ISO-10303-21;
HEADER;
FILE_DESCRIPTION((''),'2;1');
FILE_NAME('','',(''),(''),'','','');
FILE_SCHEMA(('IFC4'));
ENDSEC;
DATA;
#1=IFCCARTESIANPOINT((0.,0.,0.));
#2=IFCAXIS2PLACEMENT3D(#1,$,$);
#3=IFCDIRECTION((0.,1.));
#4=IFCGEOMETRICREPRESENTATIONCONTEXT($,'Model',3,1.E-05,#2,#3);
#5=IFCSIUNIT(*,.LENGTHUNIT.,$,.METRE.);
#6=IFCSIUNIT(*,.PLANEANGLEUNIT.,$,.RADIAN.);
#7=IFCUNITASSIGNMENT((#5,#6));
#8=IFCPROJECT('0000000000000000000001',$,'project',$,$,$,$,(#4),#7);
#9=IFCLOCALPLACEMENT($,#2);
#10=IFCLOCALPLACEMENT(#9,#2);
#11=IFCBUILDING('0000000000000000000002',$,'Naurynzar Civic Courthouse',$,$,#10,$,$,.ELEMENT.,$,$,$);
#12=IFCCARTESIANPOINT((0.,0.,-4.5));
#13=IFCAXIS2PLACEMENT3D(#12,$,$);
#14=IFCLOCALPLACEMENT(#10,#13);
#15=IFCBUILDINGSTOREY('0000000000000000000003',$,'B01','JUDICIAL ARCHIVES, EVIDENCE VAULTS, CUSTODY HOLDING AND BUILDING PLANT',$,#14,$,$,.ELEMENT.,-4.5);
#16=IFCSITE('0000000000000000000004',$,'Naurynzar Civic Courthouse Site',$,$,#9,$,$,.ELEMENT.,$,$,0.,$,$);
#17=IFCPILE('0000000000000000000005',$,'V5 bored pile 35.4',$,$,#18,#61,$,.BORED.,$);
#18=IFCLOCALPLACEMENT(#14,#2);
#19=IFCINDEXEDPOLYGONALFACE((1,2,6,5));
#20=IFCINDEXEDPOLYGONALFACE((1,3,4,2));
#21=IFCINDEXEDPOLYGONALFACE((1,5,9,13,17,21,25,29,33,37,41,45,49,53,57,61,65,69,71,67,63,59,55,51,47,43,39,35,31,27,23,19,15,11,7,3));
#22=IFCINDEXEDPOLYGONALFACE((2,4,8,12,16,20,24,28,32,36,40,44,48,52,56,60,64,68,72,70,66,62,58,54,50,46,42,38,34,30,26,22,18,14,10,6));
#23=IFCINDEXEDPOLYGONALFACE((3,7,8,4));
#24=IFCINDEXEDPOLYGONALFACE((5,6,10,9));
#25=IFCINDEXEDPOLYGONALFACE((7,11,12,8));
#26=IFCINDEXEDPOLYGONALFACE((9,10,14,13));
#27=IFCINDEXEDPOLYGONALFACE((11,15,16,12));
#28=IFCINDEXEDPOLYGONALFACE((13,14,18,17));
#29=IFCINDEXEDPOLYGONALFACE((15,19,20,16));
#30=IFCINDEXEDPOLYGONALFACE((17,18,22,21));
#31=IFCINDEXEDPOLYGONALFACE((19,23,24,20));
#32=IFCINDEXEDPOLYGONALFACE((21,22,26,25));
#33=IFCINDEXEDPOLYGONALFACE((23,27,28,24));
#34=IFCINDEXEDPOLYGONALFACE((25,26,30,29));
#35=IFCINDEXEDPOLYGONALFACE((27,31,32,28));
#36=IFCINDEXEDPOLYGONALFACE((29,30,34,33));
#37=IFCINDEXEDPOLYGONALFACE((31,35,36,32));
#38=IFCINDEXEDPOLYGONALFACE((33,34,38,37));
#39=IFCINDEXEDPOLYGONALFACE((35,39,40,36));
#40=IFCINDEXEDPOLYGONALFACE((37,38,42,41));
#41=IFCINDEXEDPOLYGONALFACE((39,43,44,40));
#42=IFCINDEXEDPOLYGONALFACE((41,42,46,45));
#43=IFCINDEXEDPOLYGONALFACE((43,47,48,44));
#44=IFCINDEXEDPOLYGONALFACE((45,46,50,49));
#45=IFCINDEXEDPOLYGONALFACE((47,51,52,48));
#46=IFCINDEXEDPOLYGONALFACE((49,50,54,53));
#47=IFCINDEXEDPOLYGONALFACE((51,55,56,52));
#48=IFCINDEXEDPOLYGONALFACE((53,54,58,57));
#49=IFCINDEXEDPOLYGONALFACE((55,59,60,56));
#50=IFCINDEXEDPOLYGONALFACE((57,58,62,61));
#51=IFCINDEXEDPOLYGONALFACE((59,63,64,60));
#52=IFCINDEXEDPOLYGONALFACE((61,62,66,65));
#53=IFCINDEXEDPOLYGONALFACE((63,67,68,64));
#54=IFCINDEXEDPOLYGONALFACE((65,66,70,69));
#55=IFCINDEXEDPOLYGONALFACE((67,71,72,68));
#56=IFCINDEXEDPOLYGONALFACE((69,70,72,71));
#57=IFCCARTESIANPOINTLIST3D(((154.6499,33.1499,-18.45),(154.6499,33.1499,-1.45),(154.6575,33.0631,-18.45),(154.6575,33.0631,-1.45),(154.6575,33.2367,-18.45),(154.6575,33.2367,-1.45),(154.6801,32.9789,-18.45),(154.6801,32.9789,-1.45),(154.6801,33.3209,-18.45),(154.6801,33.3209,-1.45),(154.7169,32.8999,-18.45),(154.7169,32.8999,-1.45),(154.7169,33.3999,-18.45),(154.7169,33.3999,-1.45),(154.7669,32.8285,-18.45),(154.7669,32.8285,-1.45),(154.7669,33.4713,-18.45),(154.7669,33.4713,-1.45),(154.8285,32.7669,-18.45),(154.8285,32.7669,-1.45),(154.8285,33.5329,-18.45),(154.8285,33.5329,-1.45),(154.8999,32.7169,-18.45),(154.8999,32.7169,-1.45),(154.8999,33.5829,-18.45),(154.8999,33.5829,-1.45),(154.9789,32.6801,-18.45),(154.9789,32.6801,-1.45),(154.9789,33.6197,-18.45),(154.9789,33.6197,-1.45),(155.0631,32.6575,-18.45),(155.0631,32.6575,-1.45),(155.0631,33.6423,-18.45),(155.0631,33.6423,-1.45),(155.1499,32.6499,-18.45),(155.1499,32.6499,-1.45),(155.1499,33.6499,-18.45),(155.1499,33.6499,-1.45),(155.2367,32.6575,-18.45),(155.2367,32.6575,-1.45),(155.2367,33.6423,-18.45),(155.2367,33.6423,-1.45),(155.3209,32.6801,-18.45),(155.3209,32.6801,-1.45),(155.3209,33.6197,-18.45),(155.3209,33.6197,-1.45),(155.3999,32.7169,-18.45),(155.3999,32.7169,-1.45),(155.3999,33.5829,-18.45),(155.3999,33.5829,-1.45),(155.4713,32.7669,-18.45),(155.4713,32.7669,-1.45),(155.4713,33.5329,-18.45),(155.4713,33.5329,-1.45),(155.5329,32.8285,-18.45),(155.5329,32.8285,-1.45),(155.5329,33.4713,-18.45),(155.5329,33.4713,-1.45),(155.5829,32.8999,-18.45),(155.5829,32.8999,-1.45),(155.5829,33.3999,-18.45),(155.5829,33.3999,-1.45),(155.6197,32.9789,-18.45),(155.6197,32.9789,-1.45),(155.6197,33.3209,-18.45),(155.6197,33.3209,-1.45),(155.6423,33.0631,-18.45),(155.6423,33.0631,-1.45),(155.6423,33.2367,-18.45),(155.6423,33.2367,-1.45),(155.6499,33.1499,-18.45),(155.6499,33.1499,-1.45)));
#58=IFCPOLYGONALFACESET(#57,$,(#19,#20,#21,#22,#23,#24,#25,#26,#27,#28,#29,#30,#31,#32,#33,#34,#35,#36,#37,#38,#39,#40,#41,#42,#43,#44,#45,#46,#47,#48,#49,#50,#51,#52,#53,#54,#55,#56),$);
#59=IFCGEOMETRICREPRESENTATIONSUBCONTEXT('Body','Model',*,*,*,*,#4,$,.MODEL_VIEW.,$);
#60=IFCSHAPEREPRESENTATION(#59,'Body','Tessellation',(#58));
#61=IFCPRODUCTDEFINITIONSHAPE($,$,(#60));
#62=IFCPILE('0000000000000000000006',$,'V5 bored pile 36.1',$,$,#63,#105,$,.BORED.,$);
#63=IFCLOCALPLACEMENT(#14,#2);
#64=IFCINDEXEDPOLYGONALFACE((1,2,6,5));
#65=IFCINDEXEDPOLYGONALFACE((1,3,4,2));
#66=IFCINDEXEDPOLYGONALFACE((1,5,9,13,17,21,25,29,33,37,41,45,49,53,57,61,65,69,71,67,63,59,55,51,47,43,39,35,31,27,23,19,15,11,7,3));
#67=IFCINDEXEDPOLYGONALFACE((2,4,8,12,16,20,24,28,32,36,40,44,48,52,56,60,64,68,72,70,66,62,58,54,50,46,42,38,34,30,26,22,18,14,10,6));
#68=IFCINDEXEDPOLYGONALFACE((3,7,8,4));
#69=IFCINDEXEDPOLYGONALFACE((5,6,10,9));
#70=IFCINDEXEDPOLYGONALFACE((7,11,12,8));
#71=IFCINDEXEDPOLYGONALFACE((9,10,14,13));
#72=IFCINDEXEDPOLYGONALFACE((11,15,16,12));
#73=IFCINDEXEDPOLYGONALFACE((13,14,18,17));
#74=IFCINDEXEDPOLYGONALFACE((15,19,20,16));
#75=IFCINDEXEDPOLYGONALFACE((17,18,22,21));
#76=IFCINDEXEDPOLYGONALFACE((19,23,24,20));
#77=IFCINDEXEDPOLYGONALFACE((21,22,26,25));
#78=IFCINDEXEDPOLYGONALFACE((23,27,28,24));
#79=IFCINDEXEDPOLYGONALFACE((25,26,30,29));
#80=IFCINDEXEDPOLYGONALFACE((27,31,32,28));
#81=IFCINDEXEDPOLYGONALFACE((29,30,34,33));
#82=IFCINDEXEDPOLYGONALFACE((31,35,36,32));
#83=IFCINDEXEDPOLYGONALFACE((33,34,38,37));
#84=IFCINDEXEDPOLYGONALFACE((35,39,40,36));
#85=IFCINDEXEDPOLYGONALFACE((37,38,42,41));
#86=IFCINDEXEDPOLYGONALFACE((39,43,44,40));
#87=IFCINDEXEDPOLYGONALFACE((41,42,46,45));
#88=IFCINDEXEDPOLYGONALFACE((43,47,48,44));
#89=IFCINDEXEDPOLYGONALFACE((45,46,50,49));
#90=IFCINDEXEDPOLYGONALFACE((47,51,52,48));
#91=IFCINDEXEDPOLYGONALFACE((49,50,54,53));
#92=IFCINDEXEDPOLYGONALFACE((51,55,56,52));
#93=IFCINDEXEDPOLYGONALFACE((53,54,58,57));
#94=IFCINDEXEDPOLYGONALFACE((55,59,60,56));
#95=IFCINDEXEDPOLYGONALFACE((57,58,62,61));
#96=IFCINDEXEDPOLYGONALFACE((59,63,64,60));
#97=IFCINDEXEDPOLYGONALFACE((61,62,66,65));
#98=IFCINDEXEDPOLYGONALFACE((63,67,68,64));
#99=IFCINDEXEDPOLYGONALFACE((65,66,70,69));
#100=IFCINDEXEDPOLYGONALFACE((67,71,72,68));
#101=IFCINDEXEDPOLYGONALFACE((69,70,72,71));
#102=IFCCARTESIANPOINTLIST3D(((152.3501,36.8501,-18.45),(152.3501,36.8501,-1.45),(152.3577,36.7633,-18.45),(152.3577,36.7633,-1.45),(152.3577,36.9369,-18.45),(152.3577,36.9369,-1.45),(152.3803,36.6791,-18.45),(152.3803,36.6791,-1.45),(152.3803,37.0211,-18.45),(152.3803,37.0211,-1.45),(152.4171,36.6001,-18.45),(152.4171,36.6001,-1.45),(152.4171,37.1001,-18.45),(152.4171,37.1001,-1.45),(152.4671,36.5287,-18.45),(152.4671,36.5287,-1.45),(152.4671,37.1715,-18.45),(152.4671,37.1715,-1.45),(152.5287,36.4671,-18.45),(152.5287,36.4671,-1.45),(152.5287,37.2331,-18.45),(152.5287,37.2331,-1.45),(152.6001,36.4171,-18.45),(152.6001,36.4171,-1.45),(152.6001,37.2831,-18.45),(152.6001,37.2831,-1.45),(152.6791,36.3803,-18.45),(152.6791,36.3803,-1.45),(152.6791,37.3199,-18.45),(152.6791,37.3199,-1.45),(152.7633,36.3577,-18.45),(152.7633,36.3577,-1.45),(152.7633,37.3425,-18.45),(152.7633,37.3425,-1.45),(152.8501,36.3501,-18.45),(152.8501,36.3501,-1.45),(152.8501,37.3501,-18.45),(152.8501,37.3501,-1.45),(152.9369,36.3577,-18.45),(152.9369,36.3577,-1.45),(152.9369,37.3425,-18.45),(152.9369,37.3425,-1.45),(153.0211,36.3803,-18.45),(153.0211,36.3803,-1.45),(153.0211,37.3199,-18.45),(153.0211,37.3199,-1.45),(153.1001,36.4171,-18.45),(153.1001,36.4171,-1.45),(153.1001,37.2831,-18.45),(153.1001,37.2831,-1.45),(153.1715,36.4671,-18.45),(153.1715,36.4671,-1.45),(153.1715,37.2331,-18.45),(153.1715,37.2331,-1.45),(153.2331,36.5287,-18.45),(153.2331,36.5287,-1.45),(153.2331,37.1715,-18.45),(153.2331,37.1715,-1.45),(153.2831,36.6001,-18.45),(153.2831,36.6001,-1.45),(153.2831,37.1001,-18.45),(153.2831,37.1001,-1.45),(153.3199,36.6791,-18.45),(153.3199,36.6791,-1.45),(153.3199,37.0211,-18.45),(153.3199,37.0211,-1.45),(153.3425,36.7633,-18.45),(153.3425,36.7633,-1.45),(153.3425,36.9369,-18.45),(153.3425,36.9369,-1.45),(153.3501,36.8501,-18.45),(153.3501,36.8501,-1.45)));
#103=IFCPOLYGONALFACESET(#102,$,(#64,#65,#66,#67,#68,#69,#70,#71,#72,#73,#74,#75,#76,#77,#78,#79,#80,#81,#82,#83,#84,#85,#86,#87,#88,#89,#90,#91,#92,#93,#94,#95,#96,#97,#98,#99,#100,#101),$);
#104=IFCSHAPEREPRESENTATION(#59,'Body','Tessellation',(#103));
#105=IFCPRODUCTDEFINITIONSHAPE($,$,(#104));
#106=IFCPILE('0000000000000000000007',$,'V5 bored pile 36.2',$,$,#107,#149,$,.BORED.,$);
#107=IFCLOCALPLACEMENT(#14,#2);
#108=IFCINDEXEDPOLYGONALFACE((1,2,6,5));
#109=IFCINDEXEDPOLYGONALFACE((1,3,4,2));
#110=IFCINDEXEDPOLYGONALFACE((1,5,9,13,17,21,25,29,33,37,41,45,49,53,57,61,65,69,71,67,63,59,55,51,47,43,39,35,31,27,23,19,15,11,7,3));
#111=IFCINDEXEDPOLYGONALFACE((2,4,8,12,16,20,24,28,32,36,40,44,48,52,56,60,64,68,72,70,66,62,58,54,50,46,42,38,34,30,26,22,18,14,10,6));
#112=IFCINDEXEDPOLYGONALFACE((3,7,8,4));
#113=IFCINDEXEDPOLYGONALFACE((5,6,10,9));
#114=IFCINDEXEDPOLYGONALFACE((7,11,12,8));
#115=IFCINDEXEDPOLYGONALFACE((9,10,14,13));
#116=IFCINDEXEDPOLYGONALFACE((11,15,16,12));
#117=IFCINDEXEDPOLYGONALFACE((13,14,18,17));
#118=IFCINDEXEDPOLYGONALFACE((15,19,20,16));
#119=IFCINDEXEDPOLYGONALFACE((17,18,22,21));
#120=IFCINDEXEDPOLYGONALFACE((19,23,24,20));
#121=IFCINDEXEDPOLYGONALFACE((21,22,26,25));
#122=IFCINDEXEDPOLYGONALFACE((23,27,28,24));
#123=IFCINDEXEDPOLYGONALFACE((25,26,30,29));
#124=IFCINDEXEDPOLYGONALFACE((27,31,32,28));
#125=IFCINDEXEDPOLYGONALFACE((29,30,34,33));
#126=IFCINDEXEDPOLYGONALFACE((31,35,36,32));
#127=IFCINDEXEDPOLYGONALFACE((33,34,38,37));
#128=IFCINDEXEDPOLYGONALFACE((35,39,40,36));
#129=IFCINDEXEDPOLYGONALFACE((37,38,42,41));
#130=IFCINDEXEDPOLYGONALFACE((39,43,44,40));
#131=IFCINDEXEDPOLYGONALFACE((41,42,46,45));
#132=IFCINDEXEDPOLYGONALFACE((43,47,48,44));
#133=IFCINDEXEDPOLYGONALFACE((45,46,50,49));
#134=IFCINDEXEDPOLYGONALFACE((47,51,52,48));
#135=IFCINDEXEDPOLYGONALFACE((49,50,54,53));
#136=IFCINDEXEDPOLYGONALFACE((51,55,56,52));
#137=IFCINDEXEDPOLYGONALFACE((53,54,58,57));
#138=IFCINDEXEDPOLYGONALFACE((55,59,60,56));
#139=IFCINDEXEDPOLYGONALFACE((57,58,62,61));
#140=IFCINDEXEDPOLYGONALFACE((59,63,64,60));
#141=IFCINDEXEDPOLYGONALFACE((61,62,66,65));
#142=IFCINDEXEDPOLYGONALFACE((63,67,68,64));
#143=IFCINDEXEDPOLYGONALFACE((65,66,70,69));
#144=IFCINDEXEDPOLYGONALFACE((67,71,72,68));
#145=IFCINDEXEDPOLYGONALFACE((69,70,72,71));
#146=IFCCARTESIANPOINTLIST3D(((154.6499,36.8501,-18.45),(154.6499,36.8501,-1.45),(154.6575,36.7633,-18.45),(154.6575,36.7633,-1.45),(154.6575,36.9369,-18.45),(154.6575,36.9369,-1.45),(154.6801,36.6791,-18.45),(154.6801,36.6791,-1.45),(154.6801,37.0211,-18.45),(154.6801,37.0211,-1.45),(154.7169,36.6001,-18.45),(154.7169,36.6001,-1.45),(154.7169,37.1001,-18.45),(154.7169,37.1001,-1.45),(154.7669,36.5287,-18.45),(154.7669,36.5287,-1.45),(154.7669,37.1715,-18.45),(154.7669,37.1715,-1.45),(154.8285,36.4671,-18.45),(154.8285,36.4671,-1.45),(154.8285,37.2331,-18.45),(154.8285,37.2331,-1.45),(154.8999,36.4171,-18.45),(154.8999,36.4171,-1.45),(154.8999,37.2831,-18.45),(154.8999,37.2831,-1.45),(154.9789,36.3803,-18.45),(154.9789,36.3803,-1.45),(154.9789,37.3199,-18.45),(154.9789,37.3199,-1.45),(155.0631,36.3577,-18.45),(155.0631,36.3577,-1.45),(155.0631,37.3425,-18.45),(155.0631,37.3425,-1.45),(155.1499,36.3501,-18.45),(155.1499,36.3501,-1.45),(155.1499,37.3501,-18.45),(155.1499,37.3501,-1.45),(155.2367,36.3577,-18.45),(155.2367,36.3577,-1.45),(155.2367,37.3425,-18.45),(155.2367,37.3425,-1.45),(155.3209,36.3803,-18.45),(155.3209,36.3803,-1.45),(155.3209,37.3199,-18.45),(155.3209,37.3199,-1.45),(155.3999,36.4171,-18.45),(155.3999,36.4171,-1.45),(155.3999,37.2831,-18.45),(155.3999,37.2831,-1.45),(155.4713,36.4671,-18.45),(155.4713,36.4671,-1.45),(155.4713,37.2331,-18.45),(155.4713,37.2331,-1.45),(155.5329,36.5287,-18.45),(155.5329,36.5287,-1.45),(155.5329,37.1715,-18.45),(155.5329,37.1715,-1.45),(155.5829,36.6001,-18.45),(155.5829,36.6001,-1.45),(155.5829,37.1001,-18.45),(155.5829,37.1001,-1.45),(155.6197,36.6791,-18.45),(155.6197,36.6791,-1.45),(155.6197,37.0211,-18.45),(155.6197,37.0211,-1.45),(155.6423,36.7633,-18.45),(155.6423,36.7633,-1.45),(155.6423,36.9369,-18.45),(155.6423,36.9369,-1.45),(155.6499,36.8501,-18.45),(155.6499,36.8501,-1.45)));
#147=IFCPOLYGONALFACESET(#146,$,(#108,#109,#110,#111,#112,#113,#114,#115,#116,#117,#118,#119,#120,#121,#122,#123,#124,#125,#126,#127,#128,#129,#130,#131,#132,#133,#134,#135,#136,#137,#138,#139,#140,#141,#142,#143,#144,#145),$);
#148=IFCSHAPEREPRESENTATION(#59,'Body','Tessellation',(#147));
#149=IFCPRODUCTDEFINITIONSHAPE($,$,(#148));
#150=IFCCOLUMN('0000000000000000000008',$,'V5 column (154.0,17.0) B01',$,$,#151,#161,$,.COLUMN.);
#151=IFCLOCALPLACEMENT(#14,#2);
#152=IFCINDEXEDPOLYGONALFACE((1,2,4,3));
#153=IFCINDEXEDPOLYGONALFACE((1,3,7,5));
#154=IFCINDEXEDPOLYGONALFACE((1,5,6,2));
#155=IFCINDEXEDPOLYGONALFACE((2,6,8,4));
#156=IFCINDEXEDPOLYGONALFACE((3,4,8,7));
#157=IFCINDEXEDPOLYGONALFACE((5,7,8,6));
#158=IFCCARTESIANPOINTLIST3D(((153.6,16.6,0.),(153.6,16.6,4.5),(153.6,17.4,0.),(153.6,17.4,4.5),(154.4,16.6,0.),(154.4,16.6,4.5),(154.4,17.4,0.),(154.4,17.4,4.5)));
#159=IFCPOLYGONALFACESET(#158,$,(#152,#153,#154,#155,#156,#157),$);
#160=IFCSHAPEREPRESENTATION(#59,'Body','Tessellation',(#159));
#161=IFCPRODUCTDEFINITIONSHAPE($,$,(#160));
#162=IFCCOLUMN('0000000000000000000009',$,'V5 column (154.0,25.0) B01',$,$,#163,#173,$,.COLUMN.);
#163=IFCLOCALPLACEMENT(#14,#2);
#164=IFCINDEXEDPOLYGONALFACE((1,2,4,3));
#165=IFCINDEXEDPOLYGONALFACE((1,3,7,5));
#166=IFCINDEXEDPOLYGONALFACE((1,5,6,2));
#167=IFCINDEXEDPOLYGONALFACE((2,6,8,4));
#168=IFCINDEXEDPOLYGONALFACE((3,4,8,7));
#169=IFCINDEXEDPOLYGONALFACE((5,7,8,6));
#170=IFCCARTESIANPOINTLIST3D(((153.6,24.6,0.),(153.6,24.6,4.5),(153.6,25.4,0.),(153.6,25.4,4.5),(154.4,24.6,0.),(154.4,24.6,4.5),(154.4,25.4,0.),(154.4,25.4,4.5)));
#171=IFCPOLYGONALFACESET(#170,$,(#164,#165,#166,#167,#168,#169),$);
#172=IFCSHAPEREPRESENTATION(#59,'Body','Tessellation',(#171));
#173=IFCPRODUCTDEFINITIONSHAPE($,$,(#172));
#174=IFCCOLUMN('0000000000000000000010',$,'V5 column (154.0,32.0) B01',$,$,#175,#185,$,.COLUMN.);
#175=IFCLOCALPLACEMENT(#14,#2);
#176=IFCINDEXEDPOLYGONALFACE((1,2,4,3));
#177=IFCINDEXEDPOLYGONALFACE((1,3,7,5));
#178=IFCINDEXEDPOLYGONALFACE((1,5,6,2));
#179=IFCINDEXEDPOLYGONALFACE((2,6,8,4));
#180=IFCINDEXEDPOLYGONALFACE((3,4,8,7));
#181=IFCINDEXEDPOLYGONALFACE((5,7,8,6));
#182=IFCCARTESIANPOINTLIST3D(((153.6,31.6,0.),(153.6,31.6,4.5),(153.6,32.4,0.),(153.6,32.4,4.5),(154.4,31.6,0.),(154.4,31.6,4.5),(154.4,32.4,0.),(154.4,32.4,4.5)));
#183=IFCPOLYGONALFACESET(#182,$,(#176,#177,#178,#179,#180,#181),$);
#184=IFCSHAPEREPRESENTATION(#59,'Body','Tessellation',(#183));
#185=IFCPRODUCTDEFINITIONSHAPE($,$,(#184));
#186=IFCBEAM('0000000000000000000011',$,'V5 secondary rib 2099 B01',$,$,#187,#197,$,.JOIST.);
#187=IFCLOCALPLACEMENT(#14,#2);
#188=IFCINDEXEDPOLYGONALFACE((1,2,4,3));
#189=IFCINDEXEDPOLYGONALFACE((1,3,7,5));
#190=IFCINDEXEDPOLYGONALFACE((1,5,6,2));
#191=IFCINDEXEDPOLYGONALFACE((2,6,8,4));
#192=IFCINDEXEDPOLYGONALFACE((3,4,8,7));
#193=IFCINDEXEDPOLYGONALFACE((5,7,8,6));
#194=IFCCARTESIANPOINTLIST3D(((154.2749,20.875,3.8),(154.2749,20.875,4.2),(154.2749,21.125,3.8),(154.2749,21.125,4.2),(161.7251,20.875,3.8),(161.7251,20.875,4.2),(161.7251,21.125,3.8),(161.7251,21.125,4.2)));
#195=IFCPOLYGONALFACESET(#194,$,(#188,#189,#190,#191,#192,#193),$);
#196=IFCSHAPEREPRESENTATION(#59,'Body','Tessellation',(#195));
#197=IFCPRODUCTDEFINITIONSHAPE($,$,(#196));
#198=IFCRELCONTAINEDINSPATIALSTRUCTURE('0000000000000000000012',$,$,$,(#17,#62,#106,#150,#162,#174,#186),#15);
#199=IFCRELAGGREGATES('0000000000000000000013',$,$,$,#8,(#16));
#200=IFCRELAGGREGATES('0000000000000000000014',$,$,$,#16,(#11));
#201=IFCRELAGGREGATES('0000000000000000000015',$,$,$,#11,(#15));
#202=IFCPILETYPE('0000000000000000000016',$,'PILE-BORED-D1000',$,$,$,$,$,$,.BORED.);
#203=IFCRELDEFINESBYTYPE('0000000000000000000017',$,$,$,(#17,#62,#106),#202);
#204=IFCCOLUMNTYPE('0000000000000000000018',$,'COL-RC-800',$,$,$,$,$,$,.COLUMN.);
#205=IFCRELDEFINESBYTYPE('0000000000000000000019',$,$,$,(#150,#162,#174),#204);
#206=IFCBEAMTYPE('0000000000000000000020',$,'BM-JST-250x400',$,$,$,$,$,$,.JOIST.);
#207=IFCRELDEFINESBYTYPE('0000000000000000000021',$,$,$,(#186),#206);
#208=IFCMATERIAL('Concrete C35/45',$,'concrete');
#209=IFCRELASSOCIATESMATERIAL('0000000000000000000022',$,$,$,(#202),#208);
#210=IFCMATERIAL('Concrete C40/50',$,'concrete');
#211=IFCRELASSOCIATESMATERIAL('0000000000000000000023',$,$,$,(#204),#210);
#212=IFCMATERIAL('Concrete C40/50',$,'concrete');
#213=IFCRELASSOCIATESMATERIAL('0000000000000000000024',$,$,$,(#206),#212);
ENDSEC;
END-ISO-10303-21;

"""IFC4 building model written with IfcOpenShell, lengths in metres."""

from ifc_helpers import new_model, si_unit, direction, frame, origin, origin_2d, place, context, subcontext, project, spatial, rectangle, circle, extrude, material, material_profile, profile_set, type_object, element, save


model = new_model("IFC4")

# Units and contexts
model_context = context("Model", 3, precision=1e-05, world=origin(), true_north=direction((0.0, 1.0)))
body_context = subcontext(model_context, "Body", "Model", "MODEL_VIEW")
ifc_project = project(units=[si_unit("LENGTHUNIT", "METRE"), si_unit("PLANEANGLEUNIT", "RADIAN")], contexts=[model_context])

# Site, building, storey
site_placement = place(None, origin())
site = spatial("IfcSite", under=ifc_project, at=site_placement, Name="Naurynzar Civic Courthouse Site", CompositionType="ELEMENT", RefElevation=0.0)
building_placement = place(site_placement, origin())
building = spatial("IfcBuilding", under=site, at=building_placement, Name="Naurynzar Civic Courthouse", CompositionType="ELEMENT")
storey_placement = place(building_placement, frame((0.0, 0.0, -4.5)))
storey = spatial("IfcBuildingStorey", under=building, at=storey_placement, Name="B01", Description="JUDICIAL ARCHIVES, EVIDENCE VAULTS, CUSTODY HOLDING AND BUILDING PLANT", CompositionType="ELEMENT", Elevation=-4.5)

# Piles
ifc_material_1 = material(Name="Concrete C35/45", Category="concrete")
ifc_material_profile_1 = material_profile(ifc_material_1, circle(Radius=0.5, at=origin_2d()), Name="PILE D1000")
ifc_profile_set_1 = profile_set([ifc_material_profile_1], Name="Concrete C35/45")
pile_type = type_object("IfcPileType", Name="PILE-BORED-D1000", PredefinedType="BORED", material=ifc_profile_set_1)
for number, where, z_axis, x_axis, name in (
    (1, (155.1499, 33.1499, -1.45), (0.0, 0.0, -1.0), (1.0, 0.0, 0.0), "V5 bored pile 35.4"),
    (2, (152.8501, 36.8501, -1.45), (0.0, 0.0, -1.0), (1.0, 0.0, 0.0), "V5 bored pile 36.1"),
    (3, (155.1499, 36.8501, -1.45), (0.0, 0.0, -1.0), (1.0, 0.0, 0.0), "V5 bored pile 36.2"),
):
    element("IfcPile", number, at=place(storey_placement, frame(where, z_axis=z_axis, x_axis=x_axis)), inside=storey, type_object=pile_type, Name=name, PredefinedType="BORED", context=body_context, shape_type="SweptSolid", body=[
        extrude(circle(Radius=0.5, at=origin_2d()), origin(), (0.0, 0.0, 1.0), 17.0),
    ])

# Columns
ifc_material_2 = material(Name="Concrete C40/50", Category="concrete")
ifc_material_profile_2 = material_profile(ifc_material_2, rectangle(XDim=0.8, YDim=0.8, at=origin_2d()), Name="RC 800x800")
ifc_profile_set_2 = profile_set([ifc_material_profile_2], Name="Concrete C40/50")
column_type = type_object("IfcColumnType", Name="COL-RC-800", PredefinedType="COLUMN", material=ifc_profile_set_2)
for number, where, z_axis, x_axis, name in (
    (4, (154.0, 17.0, 0.0), (0.0, 0.0, 1.0), (1.0, 0.0, 0.0), "V5 column (154.0,17.0) B01"),
    (5, (154.0, 25.0, 0.0), (0.0, 0.0, 1.0), (1.0, 0.0, 0.0), "V5 column (154.0,25.0) B01"),
    (6, (154.0, 32.0, 0.0), (0.0, 0.0, 1.0), (1.0, 0.0, 0.0), "V5 column (154.0,32.0) B01"),
):
    element("IfcColumn", number, at=place(storey_placement, frame(where, z_axis=z_axis, x_axis=x_axis)), inside=storey, type_object=column_type, Name=name, PredefinedType="COLUMN", context=body_context, shape_type="SweptSolid", body=[
        extrude(rectangle(XDim=0.8, YDim=0.8, at=origin_2d()), origin(), (0.0, 0.0, 1.0), 4.5),
    ])

# Beam
ifc_material_3 = material(Name="Concrete C40/50", Category="concrete")
ifc_material_profile_3 = material_profile(ifc_material_3, rectangle(XDim=0.25, YDim=0.3999, at=origin_2d()), Name="RCB 250x400")
ifc_profile_set_3 = profile_set([ifc_material_profile_3], Name="Concrete C40/50")
beam_type_1 = type_object("IfcBeamType", Name="BM-JST-250x400", PredefinedType="JOIST", material=ifc_profile_set_3)
beam_1_placement = place(storey_placement, frame((154.2749, 21.0, 4.0), z_axis=(1.0, 0.0, 0.0), x_axis=(0.0, 1.0, 0.0)))
element("IfcBeam", 7, at=beam_1_placement, inside=storey, type_object=beam_type_1, Name="V5 secondary rib 2099 B01", PredefinedType="JOIST", context=body_context, shape_type="SweptSolid", body=[
    extrude(rectangle(XDim=0.25, YDim=0.3999, at=origin_2d()), origin(), (0.0, 0.0, 1.0), 7.4502),
])

save(model, "model.ifc")
